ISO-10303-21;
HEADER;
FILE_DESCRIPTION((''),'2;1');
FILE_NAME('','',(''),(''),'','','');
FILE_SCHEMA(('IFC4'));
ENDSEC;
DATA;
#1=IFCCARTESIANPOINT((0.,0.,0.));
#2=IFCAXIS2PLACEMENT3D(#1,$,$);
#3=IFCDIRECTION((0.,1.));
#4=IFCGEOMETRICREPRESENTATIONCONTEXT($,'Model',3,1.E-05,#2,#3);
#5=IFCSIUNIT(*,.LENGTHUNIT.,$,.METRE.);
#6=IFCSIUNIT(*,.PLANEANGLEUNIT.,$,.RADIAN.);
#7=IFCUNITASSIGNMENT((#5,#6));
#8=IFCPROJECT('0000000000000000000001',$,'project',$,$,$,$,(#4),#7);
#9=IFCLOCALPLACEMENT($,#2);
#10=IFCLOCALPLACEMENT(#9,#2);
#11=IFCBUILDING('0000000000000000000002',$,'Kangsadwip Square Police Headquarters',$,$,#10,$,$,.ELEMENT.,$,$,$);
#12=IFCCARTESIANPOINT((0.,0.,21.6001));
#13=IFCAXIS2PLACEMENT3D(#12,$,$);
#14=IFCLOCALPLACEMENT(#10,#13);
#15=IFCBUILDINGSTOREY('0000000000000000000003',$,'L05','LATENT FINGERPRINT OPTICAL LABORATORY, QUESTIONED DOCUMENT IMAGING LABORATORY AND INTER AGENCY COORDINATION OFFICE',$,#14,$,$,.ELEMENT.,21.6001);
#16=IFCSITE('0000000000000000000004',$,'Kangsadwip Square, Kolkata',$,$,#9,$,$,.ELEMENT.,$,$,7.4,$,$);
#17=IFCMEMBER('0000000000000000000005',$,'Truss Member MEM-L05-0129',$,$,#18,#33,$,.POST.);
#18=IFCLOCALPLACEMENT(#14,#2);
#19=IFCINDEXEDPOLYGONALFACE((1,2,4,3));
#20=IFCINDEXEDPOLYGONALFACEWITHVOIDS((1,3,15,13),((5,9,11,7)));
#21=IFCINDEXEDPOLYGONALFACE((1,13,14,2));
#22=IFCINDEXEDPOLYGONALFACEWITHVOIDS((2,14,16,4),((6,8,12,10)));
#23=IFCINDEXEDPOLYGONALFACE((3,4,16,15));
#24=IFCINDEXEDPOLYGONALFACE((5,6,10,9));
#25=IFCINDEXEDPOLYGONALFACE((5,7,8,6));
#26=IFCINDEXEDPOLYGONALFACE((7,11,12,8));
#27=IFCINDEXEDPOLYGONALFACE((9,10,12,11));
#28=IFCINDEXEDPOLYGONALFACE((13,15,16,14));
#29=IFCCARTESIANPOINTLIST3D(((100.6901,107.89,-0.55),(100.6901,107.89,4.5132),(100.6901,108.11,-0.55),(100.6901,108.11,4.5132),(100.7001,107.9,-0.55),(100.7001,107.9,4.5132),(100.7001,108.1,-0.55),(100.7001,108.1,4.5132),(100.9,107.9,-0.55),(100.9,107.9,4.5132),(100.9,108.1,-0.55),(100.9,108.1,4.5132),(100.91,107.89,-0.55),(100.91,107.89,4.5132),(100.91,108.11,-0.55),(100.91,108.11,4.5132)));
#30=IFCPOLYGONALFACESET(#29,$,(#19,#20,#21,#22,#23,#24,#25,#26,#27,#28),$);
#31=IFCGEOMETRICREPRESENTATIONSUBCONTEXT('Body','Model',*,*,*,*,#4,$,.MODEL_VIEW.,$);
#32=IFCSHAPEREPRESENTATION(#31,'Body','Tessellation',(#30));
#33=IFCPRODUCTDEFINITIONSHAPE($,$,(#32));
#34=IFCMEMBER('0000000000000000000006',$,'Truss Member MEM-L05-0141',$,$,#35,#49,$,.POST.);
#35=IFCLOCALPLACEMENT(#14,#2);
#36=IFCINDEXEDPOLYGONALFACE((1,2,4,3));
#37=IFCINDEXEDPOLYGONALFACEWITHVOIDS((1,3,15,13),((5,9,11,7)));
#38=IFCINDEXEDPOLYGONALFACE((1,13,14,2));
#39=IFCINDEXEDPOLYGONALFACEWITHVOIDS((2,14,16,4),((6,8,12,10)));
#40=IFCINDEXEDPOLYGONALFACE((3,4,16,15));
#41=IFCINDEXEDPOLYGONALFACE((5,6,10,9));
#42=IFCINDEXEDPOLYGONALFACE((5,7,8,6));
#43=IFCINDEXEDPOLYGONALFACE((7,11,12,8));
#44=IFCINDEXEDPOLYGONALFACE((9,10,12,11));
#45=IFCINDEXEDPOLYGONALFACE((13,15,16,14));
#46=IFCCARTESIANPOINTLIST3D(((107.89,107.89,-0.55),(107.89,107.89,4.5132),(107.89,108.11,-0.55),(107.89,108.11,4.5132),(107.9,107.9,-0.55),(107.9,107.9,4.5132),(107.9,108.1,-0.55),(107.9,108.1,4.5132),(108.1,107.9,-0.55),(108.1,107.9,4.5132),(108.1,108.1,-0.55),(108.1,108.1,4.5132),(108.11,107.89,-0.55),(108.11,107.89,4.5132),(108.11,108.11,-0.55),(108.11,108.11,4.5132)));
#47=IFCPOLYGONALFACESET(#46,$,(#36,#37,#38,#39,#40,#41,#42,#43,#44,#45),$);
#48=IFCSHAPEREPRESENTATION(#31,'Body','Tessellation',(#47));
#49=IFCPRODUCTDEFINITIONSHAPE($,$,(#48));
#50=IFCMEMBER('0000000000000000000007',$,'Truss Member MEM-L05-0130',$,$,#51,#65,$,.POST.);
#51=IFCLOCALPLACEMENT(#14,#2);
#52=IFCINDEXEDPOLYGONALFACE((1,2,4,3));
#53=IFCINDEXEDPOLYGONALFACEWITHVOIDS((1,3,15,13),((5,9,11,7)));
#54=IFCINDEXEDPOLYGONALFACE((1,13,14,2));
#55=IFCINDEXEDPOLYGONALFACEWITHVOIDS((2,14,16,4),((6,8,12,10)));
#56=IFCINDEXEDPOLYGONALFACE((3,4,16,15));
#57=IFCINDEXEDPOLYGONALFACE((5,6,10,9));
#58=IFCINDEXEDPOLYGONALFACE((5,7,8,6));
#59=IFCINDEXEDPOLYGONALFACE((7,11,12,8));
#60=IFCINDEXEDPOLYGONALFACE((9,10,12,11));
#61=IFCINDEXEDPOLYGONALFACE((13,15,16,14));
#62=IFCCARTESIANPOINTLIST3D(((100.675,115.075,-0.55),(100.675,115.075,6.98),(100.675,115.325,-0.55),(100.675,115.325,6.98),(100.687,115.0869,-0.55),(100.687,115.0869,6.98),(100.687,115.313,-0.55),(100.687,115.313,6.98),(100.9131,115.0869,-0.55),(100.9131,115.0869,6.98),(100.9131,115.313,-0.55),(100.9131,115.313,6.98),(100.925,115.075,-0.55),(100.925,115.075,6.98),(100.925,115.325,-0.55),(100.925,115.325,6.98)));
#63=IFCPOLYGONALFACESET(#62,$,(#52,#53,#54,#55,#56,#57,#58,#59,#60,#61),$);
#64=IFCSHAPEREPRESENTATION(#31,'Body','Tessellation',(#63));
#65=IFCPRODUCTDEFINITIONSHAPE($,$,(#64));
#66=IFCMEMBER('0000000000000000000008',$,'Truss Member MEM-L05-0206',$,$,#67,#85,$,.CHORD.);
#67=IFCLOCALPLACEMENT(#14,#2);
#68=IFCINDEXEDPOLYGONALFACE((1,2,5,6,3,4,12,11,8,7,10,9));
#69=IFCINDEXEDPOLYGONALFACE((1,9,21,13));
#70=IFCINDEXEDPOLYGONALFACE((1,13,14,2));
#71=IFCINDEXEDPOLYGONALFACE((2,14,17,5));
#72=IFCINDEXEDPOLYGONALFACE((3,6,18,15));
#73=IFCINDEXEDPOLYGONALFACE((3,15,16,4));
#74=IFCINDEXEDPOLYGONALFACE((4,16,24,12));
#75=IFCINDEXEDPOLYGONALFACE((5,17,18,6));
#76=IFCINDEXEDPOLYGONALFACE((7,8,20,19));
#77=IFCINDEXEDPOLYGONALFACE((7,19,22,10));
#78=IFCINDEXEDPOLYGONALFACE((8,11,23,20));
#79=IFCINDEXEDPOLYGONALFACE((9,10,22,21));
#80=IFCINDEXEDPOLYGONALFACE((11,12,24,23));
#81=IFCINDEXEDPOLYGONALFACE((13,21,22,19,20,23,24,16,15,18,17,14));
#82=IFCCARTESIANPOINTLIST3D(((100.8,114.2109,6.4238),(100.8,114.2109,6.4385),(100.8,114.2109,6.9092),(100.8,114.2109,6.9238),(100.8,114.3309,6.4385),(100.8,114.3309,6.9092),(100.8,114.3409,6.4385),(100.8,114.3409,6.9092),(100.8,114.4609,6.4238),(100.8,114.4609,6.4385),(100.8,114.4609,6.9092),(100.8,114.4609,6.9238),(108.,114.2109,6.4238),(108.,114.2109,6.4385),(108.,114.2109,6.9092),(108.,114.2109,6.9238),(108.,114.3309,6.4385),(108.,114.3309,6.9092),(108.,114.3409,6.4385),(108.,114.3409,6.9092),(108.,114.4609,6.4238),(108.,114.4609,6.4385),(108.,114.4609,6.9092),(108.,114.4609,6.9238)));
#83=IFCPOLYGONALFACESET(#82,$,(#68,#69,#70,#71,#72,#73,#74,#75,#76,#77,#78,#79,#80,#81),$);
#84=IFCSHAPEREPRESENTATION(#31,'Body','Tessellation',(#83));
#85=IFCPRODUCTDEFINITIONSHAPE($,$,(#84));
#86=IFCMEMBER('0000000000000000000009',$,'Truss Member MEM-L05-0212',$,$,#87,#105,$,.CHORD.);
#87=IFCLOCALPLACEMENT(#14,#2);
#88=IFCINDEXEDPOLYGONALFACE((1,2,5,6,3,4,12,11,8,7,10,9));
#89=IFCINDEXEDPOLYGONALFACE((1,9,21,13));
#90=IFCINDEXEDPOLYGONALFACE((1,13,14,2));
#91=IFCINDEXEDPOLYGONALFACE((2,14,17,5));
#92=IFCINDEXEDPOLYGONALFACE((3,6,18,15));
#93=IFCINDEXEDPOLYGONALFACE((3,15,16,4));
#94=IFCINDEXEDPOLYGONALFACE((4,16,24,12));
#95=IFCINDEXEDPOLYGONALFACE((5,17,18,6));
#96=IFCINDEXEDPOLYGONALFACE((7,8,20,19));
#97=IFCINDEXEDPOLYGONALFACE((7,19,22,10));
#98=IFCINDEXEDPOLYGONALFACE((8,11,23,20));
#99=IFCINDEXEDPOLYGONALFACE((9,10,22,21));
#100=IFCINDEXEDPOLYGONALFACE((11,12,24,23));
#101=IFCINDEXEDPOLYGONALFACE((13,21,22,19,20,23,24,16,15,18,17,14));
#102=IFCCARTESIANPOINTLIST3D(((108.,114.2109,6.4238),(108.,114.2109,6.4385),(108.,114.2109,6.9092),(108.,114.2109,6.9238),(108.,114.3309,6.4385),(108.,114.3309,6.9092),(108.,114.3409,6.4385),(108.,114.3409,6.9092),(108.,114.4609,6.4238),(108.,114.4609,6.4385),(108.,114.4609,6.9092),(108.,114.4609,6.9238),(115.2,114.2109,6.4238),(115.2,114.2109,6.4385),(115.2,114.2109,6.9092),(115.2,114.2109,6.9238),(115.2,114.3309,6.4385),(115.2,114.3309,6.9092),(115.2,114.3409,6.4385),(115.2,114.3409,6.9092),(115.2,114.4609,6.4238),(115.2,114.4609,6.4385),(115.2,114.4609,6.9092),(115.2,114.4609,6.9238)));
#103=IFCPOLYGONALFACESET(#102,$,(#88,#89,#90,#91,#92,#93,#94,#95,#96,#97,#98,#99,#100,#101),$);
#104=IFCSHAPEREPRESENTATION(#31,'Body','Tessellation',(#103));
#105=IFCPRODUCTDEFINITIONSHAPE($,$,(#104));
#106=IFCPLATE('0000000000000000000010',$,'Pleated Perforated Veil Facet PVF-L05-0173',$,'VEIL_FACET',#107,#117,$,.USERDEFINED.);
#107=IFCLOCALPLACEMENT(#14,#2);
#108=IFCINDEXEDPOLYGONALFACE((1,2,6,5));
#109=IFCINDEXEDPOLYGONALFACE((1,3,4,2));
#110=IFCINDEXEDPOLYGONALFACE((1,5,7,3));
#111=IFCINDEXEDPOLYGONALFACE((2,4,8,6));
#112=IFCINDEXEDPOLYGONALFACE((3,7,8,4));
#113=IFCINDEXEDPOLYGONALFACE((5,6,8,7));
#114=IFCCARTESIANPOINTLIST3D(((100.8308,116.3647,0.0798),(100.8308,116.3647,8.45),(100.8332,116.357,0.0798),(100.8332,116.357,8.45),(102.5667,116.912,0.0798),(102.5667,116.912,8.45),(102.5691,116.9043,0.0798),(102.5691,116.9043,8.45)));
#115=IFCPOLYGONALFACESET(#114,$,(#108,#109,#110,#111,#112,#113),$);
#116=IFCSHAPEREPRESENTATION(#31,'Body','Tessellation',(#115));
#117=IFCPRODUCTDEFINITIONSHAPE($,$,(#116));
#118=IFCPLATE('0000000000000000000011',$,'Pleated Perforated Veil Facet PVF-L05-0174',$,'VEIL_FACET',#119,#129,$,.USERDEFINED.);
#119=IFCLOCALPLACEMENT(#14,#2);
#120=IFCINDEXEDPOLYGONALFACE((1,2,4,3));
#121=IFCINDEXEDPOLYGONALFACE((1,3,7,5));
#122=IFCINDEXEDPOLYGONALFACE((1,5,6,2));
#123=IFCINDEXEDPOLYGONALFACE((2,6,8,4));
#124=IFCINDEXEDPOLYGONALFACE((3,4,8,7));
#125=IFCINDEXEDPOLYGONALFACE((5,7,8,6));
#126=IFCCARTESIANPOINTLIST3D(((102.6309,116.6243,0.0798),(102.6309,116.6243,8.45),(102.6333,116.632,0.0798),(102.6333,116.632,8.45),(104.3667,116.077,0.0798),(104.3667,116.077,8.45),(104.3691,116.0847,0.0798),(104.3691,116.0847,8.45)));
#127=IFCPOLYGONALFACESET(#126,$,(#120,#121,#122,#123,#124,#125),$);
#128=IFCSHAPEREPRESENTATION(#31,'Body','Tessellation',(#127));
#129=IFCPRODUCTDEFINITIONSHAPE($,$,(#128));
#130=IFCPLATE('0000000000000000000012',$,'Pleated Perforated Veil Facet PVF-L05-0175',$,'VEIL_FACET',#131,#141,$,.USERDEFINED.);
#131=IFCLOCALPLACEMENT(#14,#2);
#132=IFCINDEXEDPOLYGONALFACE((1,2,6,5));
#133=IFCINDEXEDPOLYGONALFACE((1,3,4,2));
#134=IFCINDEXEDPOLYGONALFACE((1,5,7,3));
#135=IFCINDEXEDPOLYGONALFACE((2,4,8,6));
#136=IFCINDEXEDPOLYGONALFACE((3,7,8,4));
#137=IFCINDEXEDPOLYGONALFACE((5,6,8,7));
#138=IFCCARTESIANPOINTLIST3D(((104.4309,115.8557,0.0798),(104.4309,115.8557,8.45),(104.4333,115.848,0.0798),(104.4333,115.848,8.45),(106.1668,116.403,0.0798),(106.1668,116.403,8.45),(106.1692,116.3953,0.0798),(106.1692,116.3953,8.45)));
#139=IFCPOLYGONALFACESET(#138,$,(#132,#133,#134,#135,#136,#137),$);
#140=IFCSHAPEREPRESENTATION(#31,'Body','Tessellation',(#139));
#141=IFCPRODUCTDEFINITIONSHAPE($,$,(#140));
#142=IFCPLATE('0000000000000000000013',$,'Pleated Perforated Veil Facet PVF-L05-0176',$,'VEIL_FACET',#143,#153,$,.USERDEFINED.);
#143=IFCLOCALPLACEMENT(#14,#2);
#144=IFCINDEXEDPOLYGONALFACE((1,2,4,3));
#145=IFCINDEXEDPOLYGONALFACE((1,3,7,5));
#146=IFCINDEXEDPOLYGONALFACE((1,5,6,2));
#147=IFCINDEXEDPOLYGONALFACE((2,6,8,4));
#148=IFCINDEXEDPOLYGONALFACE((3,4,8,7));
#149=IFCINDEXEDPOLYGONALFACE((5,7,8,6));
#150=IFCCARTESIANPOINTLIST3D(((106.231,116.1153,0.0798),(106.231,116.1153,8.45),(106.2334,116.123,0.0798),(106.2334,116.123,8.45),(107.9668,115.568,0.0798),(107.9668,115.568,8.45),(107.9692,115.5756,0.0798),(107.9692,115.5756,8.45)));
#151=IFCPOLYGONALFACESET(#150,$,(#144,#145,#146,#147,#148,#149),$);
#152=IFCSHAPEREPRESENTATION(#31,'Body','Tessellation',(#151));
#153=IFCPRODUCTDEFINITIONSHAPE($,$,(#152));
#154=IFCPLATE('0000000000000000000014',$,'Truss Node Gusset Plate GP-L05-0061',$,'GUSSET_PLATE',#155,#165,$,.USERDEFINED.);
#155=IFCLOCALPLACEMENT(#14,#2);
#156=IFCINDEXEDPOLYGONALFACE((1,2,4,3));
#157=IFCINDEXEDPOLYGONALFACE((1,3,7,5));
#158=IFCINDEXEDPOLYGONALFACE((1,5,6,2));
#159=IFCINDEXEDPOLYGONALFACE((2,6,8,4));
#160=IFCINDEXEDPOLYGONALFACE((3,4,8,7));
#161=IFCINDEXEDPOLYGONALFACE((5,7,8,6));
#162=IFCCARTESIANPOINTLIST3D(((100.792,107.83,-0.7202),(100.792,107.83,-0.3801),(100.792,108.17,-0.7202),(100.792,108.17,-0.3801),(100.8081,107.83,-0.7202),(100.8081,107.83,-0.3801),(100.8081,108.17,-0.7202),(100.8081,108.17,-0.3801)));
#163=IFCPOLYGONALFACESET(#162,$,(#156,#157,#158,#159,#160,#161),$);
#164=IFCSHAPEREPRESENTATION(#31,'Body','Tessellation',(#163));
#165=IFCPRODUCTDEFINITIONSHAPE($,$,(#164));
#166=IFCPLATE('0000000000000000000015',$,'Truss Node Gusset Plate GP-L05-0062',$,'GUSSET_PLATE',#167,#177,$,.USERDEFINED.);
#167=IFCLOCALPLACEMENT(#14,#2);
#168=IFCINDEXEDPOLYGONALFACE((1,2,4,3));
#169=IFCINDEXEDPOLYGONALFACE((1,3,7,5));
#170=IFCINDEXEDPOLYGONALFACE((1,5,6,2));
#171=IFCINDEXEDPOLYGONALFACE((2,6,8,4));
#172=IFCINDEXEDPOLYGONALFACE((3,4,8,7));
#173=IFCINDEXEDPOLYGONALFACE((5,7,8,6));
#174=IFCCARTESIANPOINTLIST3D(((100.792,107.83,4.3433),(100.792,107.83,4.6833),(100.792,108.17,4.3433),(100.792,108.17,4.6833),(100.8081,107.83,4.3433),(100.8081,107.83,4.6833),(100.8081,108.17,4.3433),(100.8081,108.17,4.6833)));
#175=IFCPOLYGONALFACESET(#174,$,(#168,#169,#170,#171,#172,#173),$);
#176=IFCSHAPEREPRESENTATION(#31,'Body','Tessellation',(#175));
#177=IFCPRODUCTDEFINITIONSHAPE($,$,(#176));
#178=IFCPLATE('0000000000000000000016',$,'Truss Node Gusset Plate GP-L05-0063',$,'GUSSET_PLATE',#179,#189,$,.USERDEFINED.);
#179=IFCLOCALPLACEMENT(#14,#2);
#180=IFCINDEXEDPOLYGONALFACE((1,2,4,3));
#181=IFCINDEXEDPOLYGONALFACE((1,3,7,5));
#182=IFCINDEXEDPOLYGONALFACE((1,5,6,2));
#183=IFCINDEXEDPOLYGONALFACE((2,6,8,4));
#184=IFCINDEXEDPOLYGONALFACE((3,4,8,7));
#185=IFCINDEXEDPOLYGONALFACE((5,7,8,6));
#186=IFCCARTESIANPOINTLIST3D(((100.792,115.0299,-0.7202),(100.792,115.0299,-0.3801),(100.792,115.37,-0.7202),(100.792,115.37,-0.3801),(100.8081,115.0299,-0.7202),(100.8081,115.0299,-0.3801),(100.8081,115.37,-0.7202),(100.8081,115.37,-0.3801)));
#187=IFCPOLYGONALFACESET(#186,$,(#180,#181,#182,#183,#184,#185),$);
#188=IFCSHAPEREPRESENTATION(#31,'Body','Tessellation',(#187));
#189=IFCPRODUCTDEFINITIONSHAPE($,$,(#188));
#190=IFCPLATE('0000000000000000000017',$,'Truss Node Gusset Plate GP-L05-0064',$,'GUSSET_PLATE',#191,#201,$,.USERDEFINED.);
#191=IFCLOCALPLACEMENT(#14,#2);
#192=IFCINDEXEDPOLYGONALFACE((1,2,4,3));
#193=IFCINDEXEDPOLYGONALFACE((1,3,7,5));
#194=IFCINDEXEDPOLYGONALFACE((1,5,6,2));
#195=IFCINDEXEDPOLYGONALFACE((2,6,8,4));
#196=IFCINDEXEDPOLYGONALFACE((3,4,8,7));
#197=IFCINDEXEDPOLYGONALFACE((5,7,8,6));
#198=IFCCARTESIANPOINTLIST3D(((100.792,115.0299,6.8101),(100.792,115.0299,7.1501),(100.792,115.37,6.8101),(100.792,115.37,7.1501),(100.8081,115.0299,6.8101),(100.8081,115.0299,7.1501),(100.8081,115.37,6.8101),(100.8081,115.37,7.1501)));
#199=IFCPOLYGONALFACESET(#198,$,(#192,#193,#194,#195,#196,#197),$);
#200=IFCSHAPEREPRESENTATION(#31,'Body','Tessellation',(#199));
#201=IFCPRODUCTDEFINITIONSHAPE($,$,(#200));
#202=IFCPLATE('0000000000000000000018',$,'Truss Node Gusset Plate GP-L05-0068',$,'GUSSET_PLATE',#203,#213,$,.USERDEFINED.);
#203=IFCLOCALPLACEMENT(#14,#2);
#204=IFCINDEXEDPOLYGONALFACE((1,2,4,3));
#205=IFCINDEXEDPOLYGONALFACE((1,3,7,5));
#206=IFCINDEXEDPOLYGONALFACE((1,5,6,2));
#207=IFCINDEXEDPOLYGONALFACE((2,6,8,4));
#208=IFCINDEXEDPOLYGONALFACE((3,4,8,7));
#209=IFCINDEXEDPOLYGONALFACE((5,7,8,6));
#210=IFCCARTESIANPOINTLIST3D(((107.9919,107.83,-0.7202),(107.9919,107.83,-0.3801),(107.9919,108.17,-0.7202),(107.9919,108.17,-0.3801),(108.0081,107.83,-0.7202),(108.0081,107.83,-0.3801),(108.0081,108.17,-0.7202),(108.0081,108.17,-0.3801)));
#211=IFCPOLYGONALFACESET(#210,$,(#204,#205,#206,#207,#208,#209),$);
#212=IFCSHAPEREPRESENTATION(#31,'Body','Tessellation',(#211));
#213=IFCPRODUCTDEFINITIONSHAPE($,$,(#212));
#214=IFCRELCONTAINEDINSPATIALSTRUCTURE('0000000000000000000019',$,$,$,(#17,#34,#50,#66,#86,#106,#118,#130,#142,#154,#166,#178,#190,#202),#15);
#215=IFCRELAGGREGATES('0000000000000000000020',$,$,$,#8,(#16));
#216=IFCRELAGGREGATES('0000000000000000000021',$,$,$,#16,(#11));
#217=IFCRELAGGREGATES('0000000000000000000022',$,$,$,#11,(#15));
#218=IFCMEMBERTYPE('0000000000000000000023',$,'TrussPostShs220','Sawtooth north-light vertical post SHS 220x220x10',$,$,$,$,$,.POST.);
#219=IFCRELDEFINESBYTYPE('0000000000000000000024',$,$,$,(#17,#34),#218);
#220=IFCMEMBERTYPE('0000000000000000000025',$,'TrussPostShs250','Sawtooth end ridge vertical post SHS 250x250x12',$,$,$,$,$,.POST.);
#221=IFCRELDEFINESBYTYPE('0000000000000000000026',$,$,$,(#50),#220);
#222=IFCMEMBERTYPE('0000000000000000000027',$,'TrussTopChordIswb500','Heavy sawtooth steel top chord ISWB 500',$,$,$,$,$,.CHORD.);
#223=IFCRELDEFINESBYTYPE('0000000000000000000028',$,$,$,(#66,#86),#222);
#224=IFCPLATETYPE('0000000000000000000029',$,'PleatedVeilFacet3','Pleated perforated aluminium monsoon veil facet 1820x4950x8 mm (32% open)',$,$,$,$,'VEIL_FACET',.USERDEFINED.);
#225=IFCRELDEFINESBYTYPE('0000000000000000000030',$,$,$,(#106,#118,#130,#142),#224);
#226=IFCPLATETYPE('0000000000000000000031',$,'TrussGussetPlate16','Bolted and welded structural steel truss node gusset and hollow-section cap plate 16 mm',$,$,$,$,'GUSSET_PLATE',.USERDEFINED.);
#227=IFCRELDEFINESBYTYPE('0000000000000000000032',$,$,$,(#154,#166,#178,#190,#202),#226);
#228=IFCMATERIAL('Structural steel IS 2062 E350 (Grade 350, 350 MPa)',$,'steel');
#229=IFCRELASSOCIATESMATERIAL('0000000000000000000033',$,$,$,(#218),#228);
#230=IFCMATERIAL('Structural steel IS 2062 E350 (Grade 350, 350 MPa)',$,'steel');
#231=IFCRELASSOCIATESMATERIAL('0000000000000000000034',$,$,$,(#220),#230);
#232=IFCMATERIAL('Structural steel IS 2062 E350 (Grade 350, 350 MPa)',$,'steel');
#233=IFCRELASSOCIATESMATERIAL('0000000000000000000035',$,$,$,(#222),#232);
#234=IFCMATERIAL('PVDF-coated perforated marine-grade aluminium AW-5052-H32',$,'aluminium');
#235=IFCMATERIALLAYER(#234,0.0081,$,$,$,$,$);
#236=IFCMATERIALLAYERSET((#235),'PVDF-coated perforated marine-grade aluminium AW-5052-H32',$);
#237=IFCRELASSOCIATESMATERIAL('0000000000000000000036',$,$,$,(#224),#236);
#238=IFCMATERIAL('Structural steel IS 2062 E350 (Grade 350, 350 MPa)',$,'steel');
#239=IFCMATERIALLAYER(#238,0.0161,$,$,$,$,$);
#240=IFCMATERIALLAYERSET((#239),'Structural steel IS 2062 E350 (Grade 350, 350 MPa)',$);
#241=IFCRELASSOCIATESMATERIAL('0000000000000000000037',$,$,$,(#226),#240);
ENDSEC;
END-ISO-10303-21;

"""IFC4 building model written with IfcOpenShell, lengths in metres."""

from ifc_helpers import new_model, si_unit, direction, frame, origin, origin_2d, place, context, subcontext, project, spatial, rectangle, hollow_rectangle, i_section, extrude, material, layer, layer_set, material_profile, profile_set, type_object, element, save


model = new_model("IFC4")

# Units and contexts
model_context = context("Model", 3, precision=1e-05, world=origin(), true_north=direction((0.0, 1.0)))
body_context = subcontext(model_context, "Body", "Model", "MODEL_VIEW")
ifc_project = project(units=[si_unit("LENGTHUNIT", "METRE"), si_unit("PLANEANGLEUNIT", "RADIAN")], contexts=[model_context])

# Site, building, storey
site_placement = place(None, origin())
site = spatial("IfcSite", under=ifc_project, at=site_placement, Name="Kangsadwip Square, Kolkata", CompositionType="ELEMENT", RefElevation=7.4)
building_placement = place(site_placement, origin())
building = spatial("IfcBuilding", under=site, at=building_placement, Name="Kangsadwip Square Police Headquarters", CompositionType="ELEMENT")
storey_placement = place(building_placement, frame((0.0, 0.0, 21.6001)))
storey = spatial("IfcBuildingStorey", under=building, at=storey_placement, Name="L05", Description="LATENT FINGERPRINT OPTICAL LABORATORY, QUESTIONED DOCUMENT IMAGING LABORATORY AND INTER AGENCY COORDINATION OFFICE", CompositionType="ELEMENT", Elevation=21.6001)

# Members
ifc_material_1 = material(Name="Structural steel IS 2062 E350 (Grade 350, 350 MPa)", Category="steel")
ifc_material_profile_1 = material_profile(ifc_material_1, hollow_rectangle(XDim=0.22, YDim=0.22, WallThickness=0.01, at=origin_2d()), Name="SHS 220X220X10")
ifc_profile_set_1 = profile_set([ifc_material_profile_1], Name="Structural steel IS 2062 E350 (Grade 350, 350 MPa)")
member_type_1 = type_object("IfcMemberType", Name="TrussPostShs220", Description="Sawtooth north-light vertical post SHS 220x220x10", PredefinedType="POST", material=ifc_profile_set_1)
for number, where, z_axis, x_axis, name in (
    (1, (100.8, 108.0, -0.55), (0.0, 0.0, 1.0), (1.0, 0.0, 0.0), "Truss Member MEM-L05-0129"),
    (2, (108.0, 108.0, -0.55), (0.0, 0.0, 1.0), (1.0, 0.0, 0.0), "Truss Member MEM-L05-0141"),
):
    element("IfcMember", number, at=place(storey_placement, frame(where, z_axis=z_axis, x_axis=x_axis)), inside=storey, type_object=member_type_1, Name=name, PredefinedType="POST", context=body_context, shape_type="SweptSolid", body=[
        extrude(hollow_rectangle(XDim=0.22, YDim=0.22, WallThickness=0.01, at=origin_2d()), origin(), (0.0, 0.0, 1.0), 5.0632),
    ])
ifc_material_2 = material(Name="Structural steel IS 2062 E350 (Grade 350, 350 MPa)", Category="steel")
ifc_material_profile_2 = material_profile(ifc_material_2, hollow_rectangle(XDim=0.25, YDim=0.25, WallThickness=0.012, at=origin_2d()), Name="SHS 250X250X12")
ifc_profile_set_2 = profile_set([ifc_material_profile_2], Name="Structural steel IS 2062 E350 (Grade 350, 350 MPa)")
member_type_2 = type_object("IfcMemberType", Name="TrussPostShs250", Description="Sawtooth end ridge vertical post SHS 250x250x12", PredefinedType="POST", material=ifc_profile_set_2)
member_1_placement = place(storey_placement, frame((100.8, 115.2, -0.55), z_axis=(0.0, 0.0, 1.0), x_axis=(1.0, 0.0, 0.0)))
element("IfcMember", 3, at=member_1_placement, inside=storey, type_object=member_type_2, Name="Truss Member MEM-L05-0130", PredefinedType="POST", context=body_context, shape_type="SweptSolid", body=[
    extrude(hollow_rectangle(XDim=0.25, YDim=0.25, WallThickness=0.012, at=origin_2d()), origin(), (0.0, 0.0, 1.0), 7.53),
])
ifc_material_3 = material(Name="Structural steel IS 2062 E350 (Grade 350, 350 MPa)", Category="steel")
ifc_material_profile_3 = material_profile(ifc_material_3, i_section(OverallWidth=0.25, OverallDepth=0.5, WebThickness=0.01, FlangeThickness=0.0146, at=origin_2d()), Name="ISWB 500")
ifc_profile_set_3 = profile_set([ifc_material_profile_3], Name="Structural steel IS 2062 E350 (Grade 350, 350 MPa)")
member_type_3 = type_object("IfcMemberType", Name="TrussTopChordIswb500", Description="Heavy sawtooth steel top chord ISWB 500", PredefinedType="CHORD", material=ifc_profile_set_3)
for number, where, z_axis, x_axis, name in (
    (4, (100.8, 114.3359, 6.6738), (1.0, 0.0, 0.0), (0.0, 1.0, 0.0), "Truss Member MEM-L05-0206"),
    (5, (108.0, 114.3359, 6.6738), (1.0, 0.0, 0.0), (0.0, 1.0, 0.0), "Truss Member MEM-L05-0212"),
):
    element("IfcMember", number, at=place(storey_placement, frame(where, z_axis=z_axis, x_axis=x_axis)), inside=storey, type_object=member_type_3, Name=name, PredefinedType="CHORD", context=body_context, shape_type="SweptSolid", body=[
        extrude(i_section(OverallWidth=0.25, OverallDepth=0.5, WebThickness=0.01, FlangeThickness=0.0146, at=origin_2d()), origin(), (0.0, 0.0, 1.0), 7.2),
    ])

# Plates
ifc_material_4 = material(Name="PVDF-coated perforated marine-grade aluminium AW-5052-H32", Category="aluminium")
ifc_layer_1 = layer(ifc_material_4, 0.0081)
ifc_layer_set_1 = layer_set([ifc_layer_1], Name="PVDF-coated perforated marine-grade aluminium AW-5052-H32")
plate_type_1 = type_object("IfcPlateType", Name="PleatedVeilFacet3", Description="Pleated perforated aluminium monsoon veil facet 1820x4950x8 mm (32% open)", ElementType="VEIL_FACET", PredefinedType="USERDEFINED", material=ifc_layer_set_1)
for number, where, z_axis, x_axis, name in (
    (6, (101.7, 116.6345, 0.0798), (0.0, 0.0, 1.0), (0.953717, 0.300706, 0.0), "Pleated Perforated Veil Facet PVF-L05-0173"),
    (7, (103.5, 116.3545, 0.0798), (0.0, 0.0, 1.0), (0.953717, -0.300706, 0.0), "Pleated Perforated Veil Facet PVF-L05-0174"),
    (8, (105.3, 116.1255, 0.0798), (0.0, 0.0, 1.0), (0.953717, 0.300706, 0.0), "Pleated Perforated Veil Facet PVF-L05-0175"),
    (9, (107.1001, 115.8455, 0.0798), (0.0, 0.0, 1.0), (0.953717, -0.300706, 0.0), "Pleated Perforated Veil Facet PVF-L05-0176"),
):
    element("IfcPlate", number, at=place(storey_placement, frame(where, z_axis=z_axis, x_axis=x_axis)), inside=storey, type_object=plate_type_1, Name=name, ObjectType="VEIL_FACET", PredefinedType="USERDEFINED", context=body_context, shape_type="SweptSolid", body=[
        extrude(rectangle(XDim=1.8201, YDim=0.0081, at=origin_2d()), origin(), (0.0, 0.0, 1.0), 8.3701),
    ])
ifc_material_5 = material(Name="Structural steel IS 2062 E350 (Grade 350, 350 MPa)", Category="steel")
ifc_layer_2 = layer(ifc_material_5, 0.0161)
ifc_layer_set_2 = layer_set([ifc_layer_2], Name="Structural steel IS 2062 E350 (Grade 350, 350 MPa)")
plate_type_2 = type_object("IfcPlateType", Name="TrussGussetPlate16", Description="Bolted and welded structural steel truss node gusset and hollow-section cap plate 16 mm", ElementType="GUSSET_PLATE", PredefinedType="USERDEFINED", material=ifc_layer_set_2)
for number, where, z_axis, x_axis, name in (
    (10, (100.8, 108.0, -0.7202), (0.0, 0.0, 1.0), (0.0, 1.0, 0.0), "Truss Node Gusset Plate GP-L05-0061"),
    (11, (100.8, 108.0, 4.3433), (0.0, 0.0, 1.0), (0.0, 1.0, 0.0), "Truss Node Gusset Plate GP-L05-0062"),
    (12, (100.8, 115.2, -0.7202), (0.0, 0.0, 1.0), (0.0, 1.0, 0.0), "Truss Node Gusset Plate GP-L05-0063"),
    (13, (100.8, 115.2, 6.8101), (0.0, 0.0, 1.0), (0.0, 1.0, 0.0), "Truss Node Gusset Plate GP-L05-0064"),
    (14, (108.0, 108.0, -0.7202), (0.0, 0.0, 1.0), (0.0, 1.0, 0.0), "Truss Node Gusset Plate GP-L05-0068"),
):
    element("IfcPlate", number, at=place(storey_placement, frame(where, z_axis=z_axis, x_axis=x_axis)), inside=storey, type_object=plate_type_2, Name=name, ObjectType="GUSSET_PLATE", PredefinedType="USERDEFINED", context=body_context, shape_type="SweptSolid", body=[
        extrude(rectangle(XDim=0.3401, YDim=0.0161, at=origin_2d()), origin(), (0.0, 0.0, 1.0), 0.3401),
    ])

save(model, "model.ifc")
